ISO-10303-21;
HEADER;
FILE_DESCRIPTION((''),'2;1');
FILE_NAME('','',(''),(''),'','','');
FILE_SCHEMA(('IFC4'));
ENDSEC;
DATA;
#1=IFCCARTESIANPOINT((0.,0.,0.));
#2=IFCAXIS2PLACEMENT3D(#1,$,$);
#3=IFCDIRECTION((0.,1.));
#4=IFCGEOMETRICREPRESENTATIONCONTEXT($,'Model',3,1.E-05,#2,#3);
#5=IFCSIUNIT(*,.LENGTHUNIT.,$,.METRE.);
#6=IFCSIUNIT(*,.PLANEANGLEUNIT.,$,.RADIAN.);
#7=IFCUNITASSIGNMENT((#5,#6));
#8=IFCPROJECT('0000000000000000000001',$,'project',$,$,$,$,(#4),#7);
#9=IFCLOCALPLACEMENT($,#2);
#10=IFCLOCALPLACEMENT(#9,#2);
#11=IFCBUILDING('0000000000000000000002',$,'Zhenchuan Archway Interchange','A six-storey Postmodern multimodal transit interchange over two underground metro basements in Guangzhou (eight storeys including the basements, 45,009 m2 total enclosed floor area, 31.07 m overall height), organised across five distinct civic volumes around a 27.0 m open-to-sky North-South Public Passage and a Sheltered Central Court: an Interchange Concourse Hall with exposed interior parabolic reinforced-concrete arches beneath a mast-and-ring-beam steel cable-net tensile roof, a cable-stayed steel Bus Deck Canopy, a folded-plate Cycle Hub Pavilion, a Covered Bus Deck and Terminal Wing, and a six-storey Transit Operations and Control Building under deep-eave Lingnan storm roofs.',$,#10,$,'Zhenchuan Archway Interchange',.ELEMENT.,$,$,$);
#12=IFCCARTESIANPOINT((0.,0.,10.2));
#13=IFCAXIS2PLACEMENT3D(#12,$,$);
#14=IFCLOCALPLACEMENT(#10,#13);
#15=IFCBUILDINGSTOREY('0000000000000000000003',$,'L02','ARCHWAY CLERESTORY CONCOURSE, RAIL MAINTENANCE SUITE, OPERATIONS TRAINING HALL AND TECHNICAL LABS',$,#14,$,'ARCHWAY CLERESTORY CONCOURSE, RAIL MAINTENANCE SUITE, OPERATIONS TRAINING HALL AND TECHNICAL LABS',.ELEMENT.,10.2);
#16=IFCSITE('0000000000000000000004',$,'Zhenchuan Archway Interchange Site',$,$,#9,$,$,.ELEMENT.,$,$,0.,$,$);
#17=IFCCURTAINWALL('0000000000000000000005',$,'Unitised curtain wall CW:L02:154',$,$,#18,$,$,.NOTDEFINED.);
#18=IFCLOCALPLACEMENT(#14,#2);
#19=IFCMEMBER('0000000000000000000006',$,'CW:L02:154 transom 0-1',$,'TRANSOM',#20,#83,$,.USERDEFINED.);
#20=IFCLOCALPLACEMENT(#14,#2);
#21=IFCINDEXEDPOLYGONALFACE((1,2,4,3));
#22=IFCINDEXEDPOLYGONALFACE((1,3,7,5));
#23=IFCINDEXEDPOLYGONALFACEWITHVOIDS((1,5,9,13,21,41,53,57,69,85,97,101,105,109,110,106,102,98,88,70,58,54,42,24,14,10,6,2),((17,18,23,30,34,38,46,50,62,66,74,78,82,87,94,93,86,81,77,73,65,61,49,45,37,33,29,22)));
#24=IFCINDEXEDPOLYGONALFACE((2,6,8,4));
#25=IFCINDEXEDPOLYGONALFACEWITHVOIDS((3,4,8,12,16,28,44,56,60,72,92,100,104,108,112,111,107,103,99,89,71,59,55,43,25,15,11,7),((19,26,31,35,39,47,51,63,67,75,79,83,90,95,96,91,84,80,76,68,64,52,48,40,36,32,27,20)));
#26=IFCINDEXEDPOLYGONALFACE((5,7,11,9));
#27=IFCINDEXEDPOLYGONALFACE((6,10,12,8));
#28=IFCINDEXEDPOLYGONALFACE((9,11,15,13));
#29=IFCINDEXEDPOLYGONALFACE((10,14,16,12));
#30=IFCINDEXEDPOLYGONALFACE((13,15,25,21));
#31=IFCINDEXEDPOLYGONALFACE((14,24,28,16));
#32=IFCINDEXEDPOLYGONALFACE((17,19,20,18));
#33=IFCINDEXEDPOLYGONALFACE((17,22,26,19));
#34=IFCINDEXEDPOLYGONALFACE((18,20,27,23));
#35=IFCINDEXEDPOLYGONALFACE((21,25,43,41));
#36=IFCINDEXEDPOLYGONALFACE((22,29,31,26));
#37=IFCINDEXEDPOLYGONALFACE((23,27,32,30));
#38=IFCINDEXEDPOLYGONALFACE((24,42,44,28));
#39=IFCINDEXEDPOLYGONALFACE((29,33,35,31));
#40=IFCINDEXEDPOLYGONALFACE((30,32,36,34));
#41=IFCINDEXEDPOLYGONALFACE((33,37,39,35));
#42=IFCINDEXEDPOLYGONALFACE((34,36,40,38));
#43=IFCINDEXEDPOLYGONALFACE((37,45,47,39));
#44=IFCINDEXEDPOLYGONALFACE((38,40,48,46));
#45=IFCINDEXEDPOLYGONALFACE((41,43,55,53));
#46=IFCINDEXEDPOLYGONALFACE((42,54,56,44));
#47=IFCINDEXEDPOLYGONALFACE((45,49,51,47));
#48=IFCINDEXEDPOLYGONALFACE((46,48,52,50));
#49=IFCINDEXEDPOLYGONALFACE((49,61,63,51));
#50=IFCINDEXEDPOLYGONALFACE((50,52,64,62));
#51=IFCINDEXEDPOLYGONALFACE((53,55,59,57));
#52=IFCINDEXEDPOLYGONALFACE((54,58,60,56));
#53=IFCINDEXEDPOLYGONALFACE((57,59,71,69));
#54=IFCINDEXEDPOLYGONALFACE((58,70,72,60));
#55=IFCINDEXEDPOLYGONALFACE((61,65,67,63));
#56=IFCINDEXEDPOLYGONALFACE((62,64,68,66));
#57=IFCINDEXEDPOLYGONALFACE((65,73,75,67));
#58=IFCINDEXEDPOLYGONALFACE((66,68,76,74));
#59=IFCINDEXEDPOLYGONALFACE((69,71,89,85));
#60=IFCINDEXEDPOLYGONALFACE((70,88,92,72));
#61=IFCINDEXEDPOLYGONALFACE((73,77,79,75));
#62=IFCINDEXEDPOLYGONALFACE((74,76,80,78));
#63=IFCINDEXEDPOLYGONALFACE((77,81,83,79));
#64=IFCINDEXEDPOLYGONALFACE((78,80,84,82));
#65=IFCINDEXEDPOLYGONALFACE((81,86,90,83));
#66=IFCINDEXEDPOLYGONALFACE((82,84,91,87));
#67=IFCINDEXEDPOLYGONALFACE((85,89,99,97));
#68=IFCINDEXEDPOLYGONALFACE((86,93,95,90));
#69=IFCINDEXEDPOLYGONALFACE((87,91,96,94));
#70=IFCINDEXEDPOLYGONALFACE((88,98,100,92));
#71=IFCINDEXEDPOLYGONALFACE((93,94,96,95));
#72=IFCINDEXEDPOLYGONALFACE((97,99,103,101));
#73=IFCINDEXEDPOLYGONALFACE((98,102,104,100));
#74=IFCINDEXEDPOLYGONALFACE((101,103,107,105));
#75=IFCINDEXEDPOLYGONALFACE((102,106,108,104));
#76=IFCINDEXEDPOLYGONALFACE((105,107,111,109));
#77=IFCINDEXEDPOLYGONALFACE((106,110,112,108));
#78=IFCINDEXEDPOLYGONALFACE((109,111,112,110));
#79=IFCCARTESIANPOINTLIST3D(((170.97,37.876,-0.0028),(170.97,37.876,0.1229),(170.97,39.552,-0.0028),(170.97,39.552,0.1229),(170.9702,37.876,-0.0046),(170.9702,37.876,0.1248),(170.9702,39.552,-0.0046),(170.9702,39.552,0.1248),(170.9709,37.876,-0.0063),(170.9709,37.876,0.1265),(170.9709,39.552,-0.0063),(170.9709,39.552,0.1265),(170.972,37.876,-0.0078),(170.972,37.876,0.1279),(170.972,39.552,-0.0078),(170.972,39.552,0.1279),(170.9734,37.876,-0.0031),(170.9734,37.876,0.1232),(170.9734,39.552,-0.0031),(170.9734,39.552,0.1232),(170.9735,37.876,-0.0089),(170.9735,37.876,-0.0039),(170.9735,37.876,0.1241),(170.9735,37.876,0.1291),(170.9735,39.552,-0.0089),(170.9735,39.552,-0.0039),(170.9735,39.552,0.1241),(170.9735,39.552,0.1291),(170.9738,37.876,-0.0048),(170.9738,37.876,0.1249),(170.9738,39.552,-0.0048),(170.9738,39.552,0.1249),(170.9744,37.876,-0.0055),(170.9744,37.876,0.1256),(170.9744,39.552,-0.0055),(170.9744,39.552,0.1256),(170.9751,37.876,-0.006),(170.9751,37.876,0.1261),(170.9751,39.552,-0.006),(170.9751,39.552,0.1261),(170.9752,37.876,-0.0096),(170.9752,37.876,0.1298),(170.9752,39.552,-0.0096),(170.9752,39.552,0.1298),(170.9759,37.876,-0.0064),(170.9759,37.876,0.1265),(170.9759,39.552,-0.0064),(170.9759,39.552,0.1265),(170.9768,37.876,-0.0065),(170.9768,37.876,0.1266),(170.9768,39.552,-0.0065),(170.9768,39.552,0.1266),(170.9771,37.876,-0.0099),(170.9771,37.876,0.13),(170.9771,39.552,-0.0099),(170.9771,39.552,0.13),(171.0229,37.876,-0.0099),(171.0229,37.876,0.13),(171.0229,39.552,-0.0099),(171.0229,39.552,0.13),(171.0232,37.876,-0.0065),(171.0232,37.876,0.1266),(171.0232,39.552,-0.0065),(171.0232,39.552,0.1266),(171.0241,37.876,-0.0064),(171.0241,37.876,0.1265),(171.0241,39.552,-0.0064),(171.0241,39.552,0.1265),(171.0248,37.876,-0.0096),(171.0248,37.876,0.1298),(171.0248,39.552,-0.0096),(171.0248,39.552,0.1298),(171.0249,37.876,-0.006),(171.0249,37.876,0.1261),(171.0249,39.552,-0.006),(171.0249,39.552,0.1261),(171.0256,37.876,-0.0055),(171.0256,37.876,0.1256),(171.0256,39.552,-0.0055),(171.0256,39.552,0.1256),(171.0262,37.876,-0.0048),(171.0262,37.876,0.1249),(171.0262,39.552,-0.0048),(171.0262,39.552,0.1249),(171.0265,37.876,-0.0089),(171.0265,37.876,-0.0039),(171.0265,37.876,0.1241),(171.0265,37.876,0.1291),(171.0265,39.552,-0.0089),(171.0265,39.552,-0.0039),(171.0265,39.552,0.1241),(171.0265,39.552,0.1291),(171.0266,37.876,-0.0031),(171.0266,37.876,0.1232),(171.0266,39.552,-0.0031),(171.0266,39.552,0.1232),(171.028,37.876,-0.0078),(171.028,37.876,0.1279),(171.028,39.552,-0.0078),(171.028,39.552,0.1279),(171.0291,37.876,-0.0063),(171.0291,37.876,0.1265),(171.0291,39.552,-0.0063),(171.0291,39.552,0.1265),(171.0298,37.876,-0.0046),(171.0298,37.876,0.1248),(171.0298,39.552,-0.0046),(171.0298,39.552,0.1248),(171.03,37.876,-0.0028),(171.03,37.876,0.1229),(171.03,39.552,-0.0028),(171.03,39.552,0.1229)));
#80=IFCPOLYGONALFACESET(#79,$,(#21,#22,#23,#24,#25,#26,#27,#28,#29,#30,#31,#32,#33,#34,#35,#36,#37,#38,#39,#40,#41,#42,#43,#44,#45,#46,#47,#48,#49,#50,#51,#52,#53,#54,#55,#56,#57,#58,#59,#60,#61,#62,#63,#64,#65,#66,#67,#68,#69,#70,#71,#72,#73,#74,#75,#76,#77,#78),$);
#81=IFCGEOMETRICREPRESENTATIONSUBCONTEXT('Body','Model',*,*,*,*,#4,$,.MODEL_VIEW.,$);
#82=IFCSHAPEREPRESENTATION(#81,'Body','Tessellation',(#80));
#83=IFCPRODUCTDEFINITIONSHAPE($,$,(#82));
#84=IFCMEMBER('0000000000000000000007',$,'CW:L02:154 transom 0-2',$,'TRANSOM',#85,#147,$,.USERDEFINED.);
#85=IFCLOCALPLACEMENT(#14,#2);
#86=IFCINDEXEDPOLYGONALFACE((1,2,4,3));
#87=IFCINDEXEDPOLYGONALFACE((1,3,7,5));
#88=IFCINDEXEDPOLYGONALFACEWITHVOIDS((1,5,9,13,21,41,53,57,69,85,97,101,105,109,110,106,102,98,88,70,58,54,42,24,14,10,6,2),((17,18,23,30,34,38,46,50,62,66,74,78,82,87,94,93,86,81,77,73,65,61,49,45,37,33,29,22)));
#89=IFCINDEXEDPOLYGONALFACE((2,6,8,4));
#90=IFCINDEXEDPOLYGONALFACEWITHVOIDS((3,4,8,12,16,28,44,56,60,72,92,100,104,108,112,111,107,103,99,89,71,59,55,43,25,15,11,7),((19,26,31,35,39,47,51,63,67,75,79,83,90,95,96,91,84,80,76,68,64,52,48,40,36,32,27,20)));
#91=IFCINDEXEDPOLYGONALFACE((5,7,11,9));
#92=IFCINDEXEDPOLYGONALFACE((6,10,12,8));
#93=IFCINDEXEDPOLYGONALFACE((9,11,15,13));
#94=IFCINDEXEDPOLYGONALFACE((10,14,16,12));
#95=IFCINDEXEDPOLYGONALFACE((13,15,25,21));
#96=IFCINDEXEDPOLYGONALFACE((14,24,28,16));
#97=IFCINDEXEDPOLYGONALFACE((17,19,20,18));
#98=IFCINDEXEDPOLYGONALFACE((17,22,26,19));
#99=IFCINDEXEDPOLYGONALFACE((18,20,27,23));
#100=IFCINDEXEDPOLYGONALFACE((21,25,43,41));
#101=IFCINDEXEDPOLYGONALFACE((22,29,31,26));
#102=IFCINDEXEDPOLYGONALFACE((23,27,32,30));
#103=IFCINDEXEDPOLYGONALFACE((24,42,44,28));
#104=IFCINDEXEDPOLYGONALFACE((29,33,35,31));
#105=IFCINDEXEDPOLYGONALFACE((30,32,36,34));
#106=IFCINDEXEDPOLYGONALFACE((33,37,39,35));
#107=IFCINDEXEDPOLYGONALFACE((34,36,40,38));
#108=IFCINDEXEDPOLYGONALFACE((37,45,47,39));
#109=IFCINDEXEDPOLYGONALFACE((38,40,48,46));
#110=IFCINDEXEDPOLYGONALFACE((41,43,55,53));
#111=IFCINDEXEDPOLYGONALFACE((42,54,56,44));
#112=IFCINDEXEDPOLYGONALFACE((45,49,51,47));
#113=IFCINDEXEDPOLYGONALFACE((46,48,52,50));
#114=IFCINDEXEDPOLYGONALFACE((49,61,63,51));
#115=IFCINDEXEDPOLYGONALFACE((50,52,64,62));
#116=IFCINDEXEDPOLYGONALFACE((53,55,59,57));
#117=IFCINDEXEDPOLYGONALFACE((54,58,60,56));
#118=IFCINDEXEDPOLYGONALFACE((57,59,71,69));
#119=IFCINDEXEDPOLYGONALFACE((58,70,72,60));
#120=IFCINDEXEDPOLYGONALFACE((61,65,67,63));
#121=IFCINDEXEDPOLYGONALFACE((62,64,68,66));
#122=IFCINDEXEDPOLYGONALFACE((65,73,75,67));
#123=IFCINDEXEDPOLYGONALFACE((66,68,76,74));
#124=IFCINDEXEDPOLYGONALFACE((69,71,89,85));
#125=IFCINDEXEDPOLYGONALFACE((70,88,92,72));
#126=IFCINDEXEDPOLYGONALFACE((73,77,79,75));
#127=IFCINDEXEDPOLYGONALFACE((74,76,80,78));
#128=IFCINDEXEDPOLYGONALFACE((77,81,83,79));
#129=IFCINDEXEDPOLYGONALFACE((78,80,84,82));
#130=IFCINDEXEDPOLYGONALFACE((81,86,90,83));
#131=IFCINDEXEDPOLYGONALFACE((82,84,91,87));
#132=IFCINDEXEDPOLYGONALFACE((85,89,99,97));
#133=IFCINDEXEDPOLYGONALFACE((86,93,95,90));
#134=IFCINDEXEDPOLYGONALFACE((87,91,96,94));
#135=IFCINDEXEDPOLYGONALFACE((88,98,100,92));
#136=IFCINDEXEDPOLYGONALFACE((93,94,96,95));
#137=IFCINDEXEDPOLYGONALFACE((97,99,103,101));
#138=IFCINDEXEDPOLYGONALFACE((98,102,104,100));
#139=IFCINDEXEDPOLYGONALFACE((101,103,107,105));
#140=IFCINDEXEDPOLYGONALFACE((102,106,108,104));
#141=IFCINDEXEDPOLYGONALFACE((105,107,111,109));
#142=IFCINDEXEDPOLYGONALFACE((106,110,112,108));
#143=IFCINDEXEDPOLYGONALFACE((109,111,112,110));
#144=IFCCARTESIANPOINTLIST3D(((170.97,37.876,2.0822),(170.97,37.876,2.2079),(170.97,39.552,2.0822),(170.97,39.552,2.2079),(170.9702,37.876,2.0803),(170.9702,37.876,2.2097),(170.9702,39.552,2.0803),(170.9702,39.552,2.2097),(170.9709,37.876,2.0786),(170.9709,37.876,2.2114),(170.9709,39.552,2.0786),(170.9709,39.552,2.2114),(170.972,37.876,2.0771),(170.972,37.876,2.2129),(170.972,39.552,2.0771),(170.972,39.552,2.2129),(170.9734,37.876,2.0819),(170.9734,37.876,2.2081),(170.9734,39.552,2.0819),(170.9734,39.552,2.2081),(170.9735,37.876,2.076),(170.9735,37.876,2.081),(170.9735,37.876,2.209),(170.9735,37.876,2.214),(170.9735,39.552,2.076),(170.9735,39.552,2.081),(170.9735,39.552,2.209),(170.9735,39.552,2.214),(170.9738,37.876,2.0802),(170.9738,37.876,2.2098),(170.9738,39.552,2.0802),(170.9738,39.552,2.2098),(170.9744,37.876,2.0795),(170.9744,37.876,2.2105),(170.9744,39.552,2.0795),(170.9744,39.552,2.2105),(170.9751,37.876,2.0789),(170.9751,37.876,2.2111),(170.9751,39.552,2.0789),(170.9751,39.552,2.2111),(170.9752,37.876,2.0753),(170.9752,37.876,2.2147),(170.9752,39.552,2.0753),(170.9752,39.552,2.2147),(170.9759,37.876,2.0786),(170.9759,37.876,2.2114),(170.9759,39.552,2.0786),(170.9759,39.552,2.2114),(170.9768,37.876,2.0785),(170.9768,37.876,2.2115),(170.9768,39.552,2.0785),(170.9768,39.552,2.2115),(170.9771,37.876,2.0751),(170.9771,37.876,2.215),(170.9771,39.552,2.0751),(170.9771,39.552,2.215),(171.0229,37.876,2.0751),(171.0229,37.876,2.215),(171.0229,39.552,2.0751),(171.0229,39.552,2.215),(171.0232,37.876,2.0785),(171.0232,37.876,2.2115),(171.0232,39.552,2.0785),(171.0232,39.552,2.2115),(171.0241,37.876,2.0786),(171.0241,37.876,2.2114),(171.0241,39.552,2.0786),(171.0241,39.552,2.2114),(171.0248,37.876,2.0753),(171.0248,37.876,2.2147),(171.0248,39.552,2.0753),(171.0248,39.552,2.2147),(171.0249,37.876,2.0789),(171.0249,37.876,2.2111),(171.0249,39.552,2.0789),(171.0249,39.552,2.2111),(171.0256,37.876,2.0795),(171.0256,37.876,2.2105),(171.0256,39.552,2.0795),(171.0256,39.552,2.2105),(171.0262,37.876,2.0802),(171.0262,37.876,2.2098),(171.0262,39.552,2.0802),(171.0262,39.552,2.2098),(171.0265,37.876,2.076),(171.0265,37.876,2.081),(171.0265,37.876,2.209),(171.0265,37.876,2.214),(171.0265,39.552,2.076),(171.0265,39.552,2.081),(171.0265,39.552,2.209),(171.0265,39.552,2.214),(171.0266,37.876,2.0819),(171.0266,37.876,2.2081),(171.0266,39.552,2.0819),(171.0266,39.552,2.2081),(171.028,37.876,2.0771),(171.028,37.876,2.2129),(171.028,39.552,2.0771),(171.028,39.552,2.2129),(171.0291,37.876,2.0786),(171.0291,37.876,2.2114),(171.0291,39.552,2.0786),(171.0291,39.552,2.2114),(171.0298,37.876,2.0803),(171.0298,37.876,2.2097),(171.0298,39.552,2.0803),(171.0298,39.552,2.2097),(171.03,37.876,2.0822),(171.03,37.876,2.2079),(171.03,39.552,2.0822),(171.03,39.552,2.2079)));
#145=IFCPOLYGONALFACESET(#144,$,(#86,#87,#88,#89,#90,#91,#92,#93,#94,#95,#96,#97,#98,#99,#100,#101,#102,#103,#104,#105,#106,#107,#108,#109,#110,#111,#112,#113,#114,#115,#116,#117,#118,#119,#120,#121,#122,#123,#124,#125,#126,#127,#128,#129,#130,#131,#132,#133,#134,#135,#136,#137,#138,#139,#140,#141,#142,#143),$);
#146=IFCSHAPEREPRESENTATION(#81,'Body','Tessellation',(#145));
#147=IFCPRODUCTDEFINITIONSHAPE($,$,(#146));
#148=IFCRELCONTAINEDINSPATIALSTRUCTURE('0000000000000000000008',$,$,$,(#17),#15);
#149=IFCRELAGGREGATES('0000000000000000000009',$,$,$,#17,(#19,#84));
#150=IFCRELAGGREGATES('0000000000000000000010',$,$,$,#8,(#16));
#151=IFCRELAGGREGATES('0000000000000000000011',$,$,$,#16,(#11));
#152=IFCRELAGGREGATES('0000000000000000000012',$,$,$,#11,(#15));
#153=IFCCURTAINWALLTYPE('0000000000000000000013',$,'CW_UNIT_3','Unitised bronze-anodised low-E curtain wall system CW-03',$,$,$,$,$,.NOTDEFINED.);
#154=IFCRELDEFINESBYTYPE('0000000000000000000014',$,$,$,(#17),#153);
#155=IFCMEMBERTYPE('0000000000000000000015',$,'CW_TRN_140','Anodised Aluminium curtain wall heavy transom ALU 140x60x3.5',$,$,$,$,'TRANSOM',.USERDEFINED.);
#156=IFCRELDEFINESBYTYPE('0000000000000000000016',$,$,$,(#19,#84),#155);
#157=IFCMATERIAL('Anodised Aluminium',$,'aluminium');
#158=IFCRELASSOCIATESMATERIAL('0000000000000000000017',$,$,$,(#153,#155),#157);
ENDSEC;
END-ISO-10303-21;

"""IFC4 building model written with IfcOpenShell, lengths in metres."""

from ifc_helpers import new_model, si_unit, direction, frame, origin, origin_2d, place, context, subcontext, project, spatial, hollow_rectangle, extrude, material, material_profile, profile_set, type_object, element, aggregate, save


model = new_model("IFC4")

# Units and contexts
model_context = context("Model", 3, precision=1e-05, world=origin(), true_north=direction((0.0, 1.0)))
body_context = subcontext(model_context, "Body", "Model", "MODEL_VIEW")
ifc_project = project(units=[si_unit("LENGTHUNIT", "METRE"), si_unit("PLANEANGLEUNIT", "RADIAN")], contexts=[model_context])

# Site, building, storey
site_placement = place(None, origin())
site = spatial("IfcSite", under=ifc_project, at=site_placement, Name="Zhenchuan Archway Interchange Site", CompositionType="ELEMENT", RefElevation=0.0)
building_placement = place(site_placement, origin())
building = spatial("IfcBuilding", under=site, at=building_placement, Name="Zhenchuan Archway Interchange", Description="A six-storey Postmodern multimodal transit interchange over two underground metro basements in Guangzhou (eight storeys including the basements, 45,009 m2 total enclosed floor area, 31.07 m overall height), organised across five distinct civic volumes around a 27.0 m open-to-sky North-South Public Passage and a Sheltered Central Court: an Interchange Concourse Hall with exposed interior parabolic reinforced-concrete arches beneath a mast-and-ring-beam steel cable-net tensile roof, a cable-stayed steel Bus Deck Canopy, a folded-plate Cycle Hub Pavilion, a Covered Bus Deck and Terminal Wing, and a six-storey Transit Operations and Control Building under deep-eave Lingnan storm roofs.", LongName="Zhenchuan Archway Interchange", CompositionType="ELEMENT")
storey_placement = place(building_placement, frame((0.0, 0.0, 10.2)))
storey = spatial("IfcBuildingStorey", under=building, at=storey_placement, Name="L02", Description="ARCHWAY CLERESTORY CONCOURSE, RAIL MAINTENANCE SUITE, OPERATIONS TRAINING HALL AND TECHNICAL LABS", LongName="ARCHWAY CLERESTORY CONCOURSE, RAIL MAINTENANCE SUITE, OPERATIONS TRAINING HALL AND TECHNICAL LABS", CompositionType="ELEMENT", Elevation=10.2)

# Curtain wall, members
ifc_material_1 = material(Name="Anodised Aluminium", Category="aluminium")
curtain_wall_type = type_object("IfcCurtainWallType", Name="CW_UNIT_3", Description="Unitised bronze-anodised low-E curtain wall system CW-03", PredefinedType="NOTDEFINED", material=ifc_material_1)
curtain_wall_placement = place(storey_placement, origin())
curtain_wall = element("IfcCurtainWall", 1, at=curtain_wall_placement, inside=storey, type_object=curtain_wall_type, Name="Unitised curtain wall CW:L02:154", PredefinedType="NOTDEFINED")
ifc_material_profile_1 = material_profile(ifc_material_1, hollow_rectangle(XDim=0.0601, YDim=0.1399, WallThickness=0.0034, InnerFilletRadius=0.0034, OuterFilletRadius=0.0071, at=origin_2d()), Name="ALU 140x60x3.5")
ifc_profile_set_1 = profile_set([ifc_material_profile_1], Name="Anodised Aluminium")
member_type_1 = type_object("IfcMemberType", Name="CW_TRN_140", Description="Anodised Aluminium curtain wall heavy transom ALU 140x60x3.5", ElementType="TRANSOM", PredefinedType="USERDEFINED", material=ifc_profile_set_1)
member_1_placement = place(storey_placement, frame((171.0, 39.552, 0.0601), z_axis=(0.0, -1.0, 0.0), x_axis=(1.0, 0.0, 0.0)))
member_1 = element("IfcMember", 2, at=member_1_placement, type_object=member_type_1, Name="CW:L02:154 transom 0-1", ObjectType="TRANSOM", PredefinedType="USERDEFINED", context=body_context, shape_type="SweptSolid", body=[
    extrude(hollow_rectangle(XDim=0.0601, YDim=0.1399, WallThickness=0.0034, InnerFilletRadius=0.0034, OuterFilletRadius=0.0071, at=origin_2d()), origin(), (0.0, 0.0, 1.0), 1.676),
])
member_2_placement = place(storey_placement, frame((171.0, 39.552, 2.145), z_axis=(0.0, -1.0, 0.0), x_axis=(1.0, 0.0, 0.0)))
member_2 = element("IfcMember", 3, at=member_2_placement, type_object=member_type_1, Name="CW:L02:154 transom 0-2", ObjectType="TRANSOM", PredefinedType="USERDEFINED", context=body_context, shape_type="SweptSolid", body=[
    extrude(hollow_rectangle(XDim=0.0601, YDim=0.1399, WallThickness=0.0034, InnerFilletRadius=0.0034, OuterFilletRadius=0.0071, at=origin_2d()), origin(), (0.0, 0.0, 1.0), 1.676),
])
aggregate(curtain_wall, [member_1, member_2])

save(model, "model.ifc")
